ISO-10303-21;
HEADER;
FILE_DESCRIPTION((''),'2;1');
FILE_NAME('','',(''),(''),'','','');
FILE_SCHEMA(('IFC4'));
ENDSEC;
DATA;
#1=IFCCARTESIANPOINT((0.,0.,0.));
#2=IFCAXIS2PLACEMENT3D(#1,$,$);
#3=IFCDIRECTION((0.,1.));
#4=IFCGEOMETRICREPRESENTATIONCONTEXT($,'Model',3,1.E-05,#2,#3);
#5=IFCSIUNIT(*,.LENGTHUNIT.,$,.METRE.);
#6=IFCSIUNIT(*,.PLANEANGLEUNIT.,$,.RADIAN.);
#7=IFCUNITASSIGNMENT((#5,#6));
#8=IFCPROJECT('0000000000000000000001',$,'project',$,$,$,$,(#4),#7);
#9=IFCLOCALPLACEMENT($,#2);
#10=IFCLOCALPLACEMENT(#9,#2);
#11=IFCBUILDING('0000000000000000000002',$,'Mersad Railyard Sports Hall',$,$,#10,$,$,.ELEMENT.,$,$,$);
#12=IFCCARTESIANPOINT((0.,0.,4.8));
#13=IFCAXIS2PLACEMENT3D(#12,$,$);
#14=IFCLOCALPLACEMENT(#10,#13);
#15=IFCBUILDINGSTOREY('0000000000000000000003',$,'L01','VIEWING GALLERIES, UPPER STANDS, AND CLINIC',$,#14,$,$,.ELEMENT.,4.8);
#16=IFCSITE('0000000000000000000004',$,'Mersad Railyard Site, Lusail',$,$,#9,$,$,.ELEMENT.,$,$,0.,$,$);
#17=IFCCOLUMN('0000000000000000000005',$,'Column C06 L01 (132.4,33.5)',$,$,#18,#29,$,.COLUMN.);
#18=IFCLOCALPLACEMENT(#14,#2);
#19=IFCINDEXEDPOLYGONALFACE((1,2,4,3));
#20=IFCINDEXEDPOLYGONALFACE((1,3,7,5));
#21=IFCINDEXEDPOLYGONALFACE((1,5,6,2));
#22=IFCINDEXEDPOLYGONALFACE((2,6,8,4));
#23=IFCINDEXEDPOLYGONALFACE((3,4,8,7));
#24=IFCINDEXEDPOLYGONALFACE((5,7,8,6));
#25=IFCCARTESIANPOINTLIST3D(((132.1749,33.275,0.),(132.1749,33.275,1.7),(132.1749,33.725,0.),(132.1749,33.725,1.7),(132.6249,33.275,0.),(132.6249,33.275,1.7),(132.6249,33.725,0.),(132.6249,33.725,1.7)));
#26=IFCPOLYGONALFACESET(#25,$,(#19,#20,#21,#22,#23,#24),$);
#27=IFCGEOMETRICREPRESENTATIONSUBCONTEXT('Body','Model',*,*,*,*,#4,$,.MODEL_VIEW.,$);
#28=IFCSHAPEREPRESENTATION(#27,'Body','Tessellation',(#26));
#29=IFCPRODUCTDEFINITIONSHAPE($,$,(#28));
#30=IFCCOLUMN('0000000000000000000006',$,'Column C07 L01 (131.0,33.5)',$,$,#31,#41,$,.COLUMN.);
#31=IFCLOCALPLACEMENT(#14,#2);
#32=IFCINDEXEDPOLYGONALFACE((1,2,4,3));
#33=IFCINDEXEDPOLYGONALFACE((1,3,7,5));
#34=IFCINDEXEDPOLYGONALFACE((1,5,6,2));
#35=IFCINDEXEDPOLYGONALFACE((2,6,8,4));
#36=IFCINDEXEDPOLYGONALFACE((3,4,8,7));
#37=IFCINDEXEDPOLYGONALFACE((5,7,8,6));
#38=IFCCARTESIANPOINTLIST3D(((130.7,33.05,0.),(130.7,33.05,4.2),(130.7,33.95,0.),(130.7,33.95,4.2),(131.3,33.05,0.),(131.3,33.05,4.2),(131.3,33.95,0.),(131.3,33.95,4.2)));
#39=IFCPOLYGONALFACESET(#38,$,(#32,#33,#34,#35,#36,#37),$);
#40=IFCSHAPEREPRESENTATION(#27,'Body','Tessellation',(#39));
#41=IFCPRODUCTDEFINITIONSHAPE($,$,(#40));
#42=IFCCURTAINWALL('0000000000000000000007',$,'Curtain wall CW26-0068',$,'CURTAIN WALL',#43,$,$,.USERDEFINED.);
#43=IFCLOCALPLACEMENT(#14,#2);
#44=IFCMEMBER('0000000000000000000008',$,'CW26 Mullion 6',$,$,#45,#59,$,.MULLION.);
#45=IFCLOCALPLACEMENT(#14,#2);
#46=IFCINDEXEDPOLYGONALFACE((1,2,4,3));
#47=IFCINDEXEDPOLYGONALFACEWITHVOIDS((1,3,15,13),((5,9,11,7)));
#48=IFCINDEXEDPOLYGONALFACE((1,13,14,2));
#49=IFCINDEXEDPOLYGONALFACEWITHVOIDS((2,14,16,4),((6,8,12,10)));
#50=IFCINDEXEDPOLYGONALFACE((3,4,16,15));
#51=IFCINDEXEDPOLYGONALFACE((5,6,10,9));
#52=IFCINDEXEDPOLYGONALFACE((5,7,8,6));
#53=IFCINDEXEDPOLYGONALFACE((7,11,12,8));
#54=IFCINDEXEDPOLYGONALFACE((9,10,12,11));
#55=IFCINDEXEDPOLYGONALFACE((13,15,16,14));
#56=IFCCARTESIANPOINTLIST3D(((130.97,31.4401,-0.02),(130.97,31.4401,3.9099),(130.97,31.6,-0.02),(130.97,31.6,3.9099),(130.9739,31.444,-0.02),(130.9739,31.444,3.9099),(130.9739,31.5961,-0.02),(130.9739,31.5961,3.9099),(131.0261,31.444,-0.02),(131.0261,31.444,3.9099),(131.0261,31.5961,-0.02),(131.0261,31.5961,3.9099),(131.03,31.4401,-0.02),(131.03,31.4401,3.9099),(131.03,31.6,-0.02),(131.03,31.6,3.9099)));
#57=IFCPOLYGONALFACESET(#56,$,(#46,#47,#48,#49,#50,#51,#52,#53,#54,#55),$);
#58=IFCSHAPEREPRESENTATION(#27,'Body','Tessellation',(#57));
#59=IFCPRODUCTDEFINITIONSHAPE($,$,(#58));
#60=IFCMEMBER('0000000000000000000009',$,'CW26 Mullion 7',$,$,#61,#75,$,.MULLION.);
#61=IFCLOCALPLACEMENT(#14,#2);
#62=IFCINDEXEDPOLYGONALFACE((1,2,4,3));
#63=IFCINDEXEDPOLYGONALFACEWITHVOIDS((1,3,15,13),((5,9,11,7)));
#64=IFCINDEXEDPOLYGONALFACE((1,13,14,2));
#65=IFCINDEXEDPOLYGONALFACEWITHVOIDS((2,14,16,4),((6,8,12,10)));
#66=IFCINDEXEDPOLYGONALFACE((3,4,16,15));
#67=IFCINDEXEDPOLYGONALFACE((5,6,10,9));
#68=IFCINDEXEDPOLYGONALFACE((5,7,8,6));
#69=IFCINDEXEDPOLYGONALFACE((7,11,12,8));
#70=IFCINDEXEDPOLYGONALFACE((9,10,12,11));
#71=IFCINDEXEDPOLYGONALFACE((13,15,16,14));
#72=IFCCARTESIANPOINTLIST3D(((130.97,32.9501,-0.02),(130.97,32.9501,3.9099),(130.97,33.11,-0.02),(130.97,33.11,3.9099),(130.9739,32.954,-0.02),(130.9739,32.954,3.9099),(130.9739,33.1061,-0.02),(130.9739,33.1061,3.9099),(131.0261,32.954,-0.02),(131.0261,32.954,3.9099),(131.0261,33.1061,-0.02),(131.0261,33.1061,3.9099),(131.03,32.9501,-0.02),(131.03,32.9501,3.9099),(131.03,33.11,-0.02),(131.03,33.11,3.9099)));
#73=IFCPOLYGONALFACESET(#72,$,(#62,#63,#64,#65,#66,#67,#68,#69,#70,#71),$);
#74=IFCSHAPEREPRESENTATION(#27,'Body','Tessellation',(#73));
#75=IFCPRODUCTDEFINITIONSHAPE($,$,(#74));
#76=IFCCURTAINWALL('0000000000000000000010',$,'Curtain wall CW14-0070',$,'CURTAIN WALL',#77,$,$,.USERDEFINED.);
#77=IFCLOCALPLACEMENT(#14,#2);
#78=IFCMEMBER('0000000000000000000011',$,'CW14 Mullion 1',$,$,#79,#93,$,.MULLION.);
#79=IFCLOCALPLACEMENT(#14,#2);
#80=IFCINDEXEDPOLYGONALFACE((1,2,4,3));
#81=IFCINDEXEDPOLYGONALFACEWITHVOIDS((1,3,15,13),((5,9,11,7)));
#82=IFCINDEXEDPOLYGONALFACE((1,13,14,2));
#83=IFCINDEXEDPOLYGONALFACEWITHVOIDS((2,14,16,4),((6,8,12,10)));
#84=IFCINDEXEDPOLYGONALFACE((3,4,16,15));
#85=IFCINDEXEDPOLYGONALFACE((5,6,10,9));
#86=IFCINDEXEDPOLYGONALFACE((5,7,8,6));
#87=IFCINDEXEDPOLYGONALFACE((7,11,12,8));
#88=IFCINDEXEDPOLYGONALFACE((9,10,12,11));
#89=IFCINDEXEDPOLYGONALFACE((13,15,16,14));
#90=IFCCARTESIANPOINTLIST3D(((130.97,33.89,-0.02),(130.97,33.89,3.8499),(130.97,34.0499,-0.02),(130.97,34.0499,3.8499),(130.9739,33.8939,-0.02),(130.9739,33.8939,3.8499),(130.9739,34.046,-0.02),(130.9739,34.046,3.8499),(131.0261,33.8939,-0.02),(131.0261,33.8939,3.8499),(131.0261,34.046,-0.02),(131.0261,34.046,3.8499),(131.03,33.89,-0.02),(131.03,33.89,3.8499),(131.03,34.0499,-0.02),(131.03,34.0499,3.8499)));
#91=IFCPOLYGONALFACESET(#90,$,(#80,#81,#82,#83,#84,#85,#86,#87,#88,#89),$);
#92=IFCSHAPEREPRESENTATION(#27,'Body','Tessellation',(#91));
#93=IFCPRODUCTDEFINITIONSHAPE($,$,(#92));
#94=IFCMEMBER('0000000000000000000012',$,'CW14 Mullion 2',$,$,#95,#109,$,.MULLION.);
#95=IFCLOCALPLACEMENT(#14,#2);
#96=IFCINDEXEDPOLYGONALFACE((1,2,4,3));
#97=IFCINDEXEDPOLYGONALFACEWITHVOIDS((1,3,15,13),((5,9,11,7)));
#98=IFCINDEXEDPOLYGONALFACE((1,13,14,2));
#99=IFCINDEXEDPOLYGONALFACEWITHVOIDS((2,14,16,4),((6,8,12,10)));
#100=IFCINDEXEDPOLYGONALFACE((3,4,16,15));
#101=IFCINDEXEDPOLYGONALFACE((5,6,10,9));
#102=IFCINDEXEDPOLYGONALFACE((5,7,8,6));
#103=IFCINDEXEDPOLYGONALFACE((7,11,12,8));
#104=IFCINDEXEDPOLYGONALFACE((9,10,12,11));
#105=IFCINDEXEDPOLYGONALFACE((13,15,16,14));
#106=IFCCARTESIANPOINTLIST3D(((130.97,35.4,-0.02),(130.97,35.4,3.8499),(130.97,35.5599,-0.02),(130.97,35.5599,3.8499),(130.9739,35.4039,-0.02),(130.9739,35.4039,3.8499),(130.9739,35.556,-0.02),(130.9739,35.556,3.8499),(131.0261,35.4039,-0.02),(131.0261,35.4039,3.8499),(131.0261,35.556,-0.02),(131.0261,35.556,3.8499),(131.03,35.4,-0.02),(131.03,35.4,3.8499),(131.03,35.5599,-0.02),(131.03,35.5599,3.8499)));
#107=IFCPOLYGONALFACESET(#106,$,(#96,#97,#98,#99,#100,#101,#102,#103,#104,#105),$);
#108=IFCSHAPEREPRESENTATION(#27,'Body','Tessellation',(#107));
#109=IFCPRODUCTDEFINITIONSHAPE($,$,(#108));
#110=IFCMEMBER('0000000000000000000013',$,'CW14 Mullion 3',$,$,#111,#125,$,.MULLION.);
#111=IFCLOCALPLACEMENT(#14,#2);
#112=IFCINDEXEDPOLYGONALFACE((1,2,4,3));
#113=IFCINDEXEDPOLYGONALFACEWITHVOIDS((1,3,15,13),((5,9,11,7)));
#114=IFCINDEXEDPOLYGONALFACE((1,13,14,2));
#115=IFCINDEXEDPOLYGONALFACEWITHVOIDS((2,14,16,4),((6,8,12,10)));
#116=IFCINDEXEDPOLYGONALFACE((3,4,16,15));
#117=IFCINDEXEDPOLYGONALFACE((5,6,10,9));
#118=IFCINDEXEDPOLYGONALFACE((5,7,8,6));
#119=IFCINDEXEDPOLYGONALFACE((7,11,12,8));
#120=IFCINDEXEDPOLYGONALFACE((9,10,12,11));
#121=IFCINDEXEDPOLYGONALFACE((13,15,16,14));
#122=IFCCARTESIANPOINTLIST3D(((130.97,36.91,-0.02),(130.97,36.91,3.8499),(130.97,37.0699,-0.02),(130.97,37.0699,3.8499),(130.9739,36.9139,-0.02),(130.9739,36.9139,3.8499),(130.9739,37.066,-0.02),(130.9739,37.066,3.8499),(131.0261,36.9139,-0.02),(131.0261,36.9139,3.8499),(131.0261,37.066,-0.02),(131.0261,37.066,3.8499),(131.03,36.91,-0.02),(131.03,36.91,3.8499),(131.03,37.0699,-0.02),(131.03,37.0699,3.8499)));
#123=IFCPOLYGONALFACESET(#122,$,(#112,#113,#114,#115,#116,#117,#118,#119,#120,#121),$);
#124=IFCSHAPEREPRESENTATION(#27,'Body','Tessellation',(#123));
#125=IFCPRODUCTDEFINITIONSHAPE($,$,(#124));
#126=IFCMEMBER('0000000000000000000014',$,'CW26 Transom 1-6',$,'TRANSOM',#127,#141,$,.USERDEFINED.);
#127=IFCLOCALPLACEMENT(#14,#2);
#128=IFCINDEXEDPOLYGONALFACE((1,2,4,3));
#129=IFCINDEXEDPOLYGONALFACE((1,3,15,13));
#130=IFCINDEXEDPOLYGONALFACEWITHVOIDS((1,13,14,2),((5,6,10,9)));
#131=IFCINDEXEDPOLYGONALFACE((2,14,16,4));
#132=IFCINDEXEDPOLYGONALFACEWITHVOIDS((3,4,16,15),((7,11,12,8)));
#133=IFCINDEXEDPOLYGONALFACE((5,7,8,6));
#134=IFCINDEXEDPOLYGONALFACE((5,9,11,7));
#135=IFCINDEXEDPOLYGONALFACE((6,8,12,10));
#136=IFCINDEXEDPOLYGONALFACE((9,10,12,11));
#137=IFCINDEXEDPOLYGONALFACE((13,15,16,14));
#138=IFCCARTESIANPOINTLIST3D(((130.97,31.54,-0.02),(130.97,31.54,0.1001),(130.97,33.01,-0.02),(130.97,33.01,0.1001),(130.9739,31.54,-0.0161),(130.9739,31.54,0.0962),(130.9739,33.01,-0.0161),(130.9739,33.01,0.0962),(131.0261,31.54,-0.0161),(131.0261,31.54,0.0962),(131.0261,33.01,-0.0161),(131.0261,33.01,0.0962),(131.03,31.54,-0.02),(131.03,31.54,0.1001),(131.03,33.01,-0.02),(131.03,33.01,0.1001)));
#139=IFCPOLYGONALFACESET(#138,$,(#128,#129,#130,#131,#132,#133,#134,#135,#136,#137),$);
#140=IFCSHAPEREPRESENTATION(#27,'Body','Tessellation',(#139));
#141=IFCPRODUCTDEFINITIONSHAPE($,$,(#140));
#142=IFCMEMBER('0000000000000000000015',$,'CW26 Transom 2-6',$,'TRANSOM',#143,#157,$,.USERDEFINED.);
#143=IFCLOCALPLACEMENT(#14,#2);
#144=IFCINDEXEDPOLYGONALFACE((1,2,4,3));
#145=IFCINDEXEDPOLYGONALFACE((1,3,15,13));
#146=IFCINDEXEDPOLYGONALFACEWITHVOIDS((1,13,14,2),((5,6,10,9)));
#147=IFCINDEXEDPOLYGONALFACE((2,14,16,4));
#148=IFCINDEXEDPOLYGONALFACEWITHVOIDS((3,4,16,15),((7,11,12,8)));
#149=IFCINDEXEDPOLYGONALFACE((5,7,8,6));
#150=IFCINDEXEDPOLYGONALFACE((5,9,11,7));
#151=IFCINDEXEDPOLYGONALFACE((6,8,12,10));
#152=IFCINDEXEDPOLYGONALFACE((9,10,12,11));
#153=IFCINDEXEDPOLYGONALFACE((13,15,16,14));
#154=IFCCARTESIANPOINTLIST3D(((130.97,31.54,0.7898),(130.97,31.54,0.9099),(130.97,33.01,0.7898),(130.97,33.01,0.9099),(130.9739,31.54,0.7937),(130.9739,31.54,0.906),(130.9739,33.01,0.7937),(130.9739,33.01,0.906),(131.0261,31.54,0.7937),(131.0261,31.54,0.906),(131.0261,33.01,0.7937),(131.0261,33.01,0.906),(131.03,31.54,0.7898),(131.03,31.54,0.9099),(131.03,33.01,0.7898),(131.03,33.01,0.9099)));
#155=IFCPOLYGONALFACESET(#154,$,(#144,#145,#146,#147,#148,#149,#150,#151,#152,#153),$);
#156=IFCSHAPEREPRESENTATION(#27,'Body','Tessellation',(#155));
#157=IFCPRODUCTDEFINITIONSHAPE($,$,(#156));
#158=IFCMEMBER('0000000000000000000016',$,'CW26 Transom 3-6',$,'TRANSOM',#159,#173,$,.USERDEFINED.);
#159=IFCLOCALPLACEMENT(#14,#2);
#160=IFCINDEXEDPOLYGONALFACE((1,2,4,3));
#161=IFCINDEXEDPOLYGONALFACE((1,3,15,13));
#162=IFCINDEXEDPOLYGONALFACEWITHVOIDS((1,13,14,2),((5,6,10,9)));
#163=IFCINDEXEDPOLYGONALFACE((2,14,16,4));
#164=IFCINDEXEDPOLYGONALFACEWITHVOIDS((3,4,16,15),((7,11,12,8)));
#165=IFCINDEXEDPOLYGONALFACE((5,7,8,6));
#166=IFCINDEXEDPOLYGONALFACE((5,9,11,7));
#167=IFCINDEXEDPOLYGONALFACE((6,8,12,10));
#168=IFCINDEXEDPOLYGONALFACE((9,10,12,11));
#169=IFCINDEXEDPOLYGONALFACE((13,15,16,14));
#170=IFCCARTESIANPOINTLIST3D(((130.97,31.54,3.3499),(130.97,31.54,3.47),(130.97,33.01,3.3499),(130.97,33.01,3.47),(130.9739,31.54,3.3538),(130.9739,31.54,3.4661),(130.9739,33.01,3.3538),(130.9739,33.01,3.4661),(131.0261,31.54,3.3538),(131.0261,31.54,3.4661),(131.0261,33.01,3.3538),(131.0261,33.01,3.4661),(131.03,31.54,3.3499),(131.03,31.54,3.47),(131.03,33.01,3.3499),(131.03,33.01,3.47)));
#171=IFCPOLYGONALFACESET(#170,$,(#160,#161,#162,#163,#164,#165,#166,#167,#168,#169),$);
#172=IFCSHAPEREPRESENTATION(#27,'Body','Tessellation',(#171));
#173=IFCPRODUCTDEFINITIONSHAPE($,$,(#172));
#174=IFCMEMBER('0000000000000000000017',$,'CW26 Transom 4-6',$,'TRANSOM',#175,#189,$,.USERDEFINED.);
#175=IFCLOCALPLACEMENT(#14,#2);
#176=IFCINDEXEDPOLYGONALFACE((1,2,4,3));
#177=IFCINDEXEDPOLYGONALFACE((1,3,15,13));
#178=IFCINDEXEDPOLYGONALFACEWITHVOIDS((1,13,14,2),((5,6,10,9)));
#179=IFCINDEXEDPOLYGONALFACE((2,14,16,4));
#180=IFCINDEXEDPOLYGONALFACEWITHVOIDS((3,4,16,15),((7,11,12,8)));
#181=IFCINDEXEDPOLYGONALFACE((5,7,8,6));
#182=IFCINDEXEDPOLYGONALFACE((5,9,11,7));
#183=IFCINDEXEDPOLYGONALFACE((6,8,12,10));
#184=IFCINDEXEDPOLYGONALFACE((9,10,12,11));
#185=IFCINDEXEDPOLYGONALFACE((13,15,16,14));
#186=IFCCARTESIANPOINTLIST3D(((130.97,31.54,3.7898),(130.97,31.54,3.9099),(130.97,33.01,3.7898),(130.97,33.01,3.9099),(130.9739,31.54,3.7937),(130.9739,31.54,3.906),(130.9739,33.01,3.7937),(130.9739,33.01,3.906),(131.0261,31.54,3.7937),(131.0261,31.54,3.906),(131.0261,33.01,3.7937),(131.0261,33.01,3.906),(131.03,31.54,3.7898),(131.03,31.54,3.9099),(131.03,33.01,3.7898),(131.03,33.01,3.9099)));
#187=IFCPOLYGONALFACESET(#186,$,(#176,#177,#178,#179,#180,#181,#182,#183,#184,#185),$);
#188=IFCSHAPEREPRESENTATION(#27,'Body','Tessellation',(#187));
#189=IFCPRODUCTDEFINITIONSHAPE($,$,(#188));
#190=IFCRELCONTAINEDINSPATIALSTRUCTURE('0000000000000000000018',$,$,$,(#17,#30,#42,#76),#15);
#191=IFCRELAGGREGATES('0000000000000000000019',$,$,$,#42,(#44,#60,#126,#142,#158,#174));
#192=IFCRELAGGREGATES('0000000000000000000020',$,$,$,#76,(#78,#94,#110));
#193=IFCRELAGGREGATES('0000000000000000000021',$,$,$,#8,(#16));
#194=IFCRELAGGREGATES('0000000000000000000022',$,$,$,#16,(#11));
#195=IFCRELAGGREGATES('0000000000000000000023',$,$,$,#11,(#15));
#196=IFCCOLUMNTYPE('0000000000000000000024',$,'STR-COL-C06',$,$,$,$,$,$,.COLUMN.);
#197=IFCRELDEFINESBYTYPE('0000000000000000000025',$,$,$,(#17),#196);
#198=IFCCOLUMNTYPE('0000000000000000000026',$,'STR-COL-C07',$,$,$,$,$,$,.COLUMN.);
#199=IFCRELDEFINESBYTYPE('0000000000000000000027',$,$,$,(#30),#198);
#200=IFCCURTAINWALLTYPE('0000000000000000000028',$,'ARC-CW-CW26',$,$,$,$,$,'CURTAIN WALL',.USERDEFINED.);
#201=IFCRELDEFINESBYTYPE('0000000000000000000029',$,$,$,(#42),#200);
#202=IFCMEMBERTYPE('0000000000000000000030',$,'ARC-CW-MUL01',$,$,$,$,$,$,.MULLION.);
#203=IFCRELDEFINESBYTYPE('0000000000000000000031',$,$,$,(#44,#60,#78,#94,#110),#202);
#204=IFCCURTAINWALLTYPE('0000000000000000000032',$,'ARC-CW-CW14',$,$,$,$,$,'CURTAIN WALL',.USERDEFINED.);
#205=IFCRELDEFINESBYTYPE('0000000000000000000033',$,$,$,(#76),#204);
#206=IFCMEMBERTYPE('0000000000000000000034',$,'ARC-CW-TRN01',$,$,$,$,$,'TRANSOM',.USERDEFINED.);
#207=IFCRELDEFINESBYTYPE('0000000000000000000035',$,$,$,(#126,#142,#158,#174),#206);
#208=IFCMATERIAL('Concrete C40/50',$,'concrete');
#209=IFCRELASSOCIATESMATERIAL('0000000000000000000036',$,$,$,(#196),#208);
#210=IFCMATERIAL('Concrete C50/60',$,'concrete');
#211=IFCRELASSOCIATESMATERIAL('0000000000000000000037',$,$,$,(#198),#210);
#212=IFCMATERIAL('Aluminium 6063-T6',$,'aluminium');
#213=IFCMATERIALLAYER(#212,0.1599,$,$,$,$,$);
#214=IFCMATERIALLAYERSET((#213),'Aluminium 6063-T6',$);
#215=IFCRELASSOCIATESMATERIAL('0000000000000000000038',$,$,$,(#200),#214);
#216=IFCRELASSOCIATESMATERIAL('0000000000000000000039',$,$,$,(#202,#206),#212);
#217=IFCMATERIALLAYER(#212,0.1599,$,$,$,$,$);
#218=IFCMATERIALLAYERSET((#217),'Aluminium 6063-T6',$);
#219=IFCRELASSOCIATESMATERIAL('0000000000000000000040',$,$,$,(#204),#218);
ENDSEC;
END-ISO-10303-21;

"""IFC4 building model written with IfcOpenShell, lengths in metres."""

from ifc_helpers import new_model, si_unit, direction, frame, origin, origin_2d, place, context, subcontext, project, spatial, rectangle, hollow_rectangle, extrude, material, layer, layer_set, material_profile, profile_set, type_object, element, aggregate, save


model = new_model("IFC4")

# Units and contexts
model_context = context("Model", 3, precision=1e-05, world=origin(), true_north=direction((0.0, 1.0)))
body_context = subcontext(model_context, "Body", "Model", "MODEL_VIEW")
ifc_project = project(units=[si_unit("LENGTHUNIT", "METRE"), si_unit("PLANEANGLEUNIT", "RADIAN")], contexts=[model_context])

# Site, building, storey
site_placement = place(None, origin())
site = spatial("IfcSite", under=ifc_project, at=site_placement, Name="Mersad Railyard Site, Lusail", CompositionType="ELEMENT", RefElevation=0.0)
building_placement = place(site_placement, origin())
building = spatial("IfcBuilding", under=site, at=building_placement, Name="Mersad Railyard Sports Hall", CompositionType="ELEMENT")
storey_placement = place(building_placement, frame((0.0, 0.0, 4.8)))
storey = spatial("IfcBuildingStorey", under=building, at=storey_placement, Name="L01", Description="VIEWING GALLERIES, UPPER STANDS, AND CLINIC", CompositionType="ELEMENT", Elevation=4.8)

# Columns
ifc_material_1 = material(Name="Concrete C40/50", Category="concrete")
ifc_material_profile_1 = material_profile(ifc_material_1, rectangle(XDim=0.45, YDim=0.45, at=origin_2d()), Name="RC 450x450")
ifc_profile_set_1 = profile_set([ifc_material_profile_1], Name="Concrete C40/50")
column_type_1 = type_object("IfcColumnType", Name="STR-COL-C06", PredefinedType="COLUMN", material=ifc_profile_set_1)
column_1_placement = place(storey_placement, frame((132.3999, 33.5, 0.0), z_axis=(0.0, 0.0, 1.0), x_axis=(1.0, 0.0, 0.0)))
element("IfcColumn", 1, at=column_1_placement, inside=storey, type_object=column_type_1, Name="Column C06 L01 (132.4,33.5)", PredefinedType="COLUMN", context=body_context, shape_type="SweptSolid", body=[
    extrude(rectangle(XDim=0.45, YDim=0.45, at=origin_2d()), origin(), (0.0, 0.0, 1.0), 1.7),
])
ifc_material_2 = material(Name="Concrete C50/60", Category="concrete")
ifc_material_profile_2 = material_profile(ifc_material_2, rectangle(XDim=0.6001, YDim=0.8999, at=origin_2d()), Name="RC 600x900")
ifc_profile_set_2 = profile_set([ifc_material_profile_2], Name="Concrete C50/60")
column_type_2 = type_object("IfcColumnType", Name="STR-COL-C07", PredefinedType="COLUMN", material=ifc_profile_set_2)
column_2_placement = place(storey_placement, frame((131.0, 33.5, 0.0), z_axis=(0.0, 0.0, 1.0), x_axis=(1.0, 0.0, 0.0)))
element("IfcColumn", 2, at=column_2_placement, inside=storey, type_object=column_type_2, Name="Column C07 L01 (131.0,33.5)", PredefinedType="COLUMN", context=body_context, shape_type="SweptSolid", body=[
    extrude(rectangle(XDim=0.6001, YDim=0.8999, at=origin_2d()), origin(), (0.0, 0.0, 1.0), 4.2),
])

# Curtain walls, members
ifc_material_3 = material(Name="Aluminium 6063-T6", Category="aluminium")
ifc_layer_1 = layer(ifc_material_3, 0.1599)
ifc_layer_set_1 = layer_set([ifc_layer_1], Name="Aluminium 6063-T6")
curtain_wall_type_1 = type_object("IfcCurtainWallType", Name="ARC-CW-CW26", ElementType="CURTAIN WALL", PredefinedType="USERDEFINED", material=ifc_layer_set_1)
curtain_wall_1_placement = place(storey_placement, origin())
curtain_wall_1 = element("IfcCurtainWall", 3, at=curtain_wall_1_placement, inside=storey, type_object=curtain_wall_type_1, Name="Curtain wall CW26-0068", ObjectType="CURTAIN WALL", PredefinedType="USERDEFINED")
ifc_material_profile_3 = material_profile(ifc_material_3, hollow_rectangle(XDim=0.0601, YDim=0.1599, WallThickness=0.0039, at=origin_2d()), Name="AL MULLION 60x160x4")
ifc_profile_set_3 = profile_set([ifc_material_profile_3], Name="Aluminium 6063-T6")
member_type_1 = type_object("IfcMemberType", Name="ARC-CW-MUL01", PredefinedType="MULLION", material=ifc_profile_set_3)
member_1_placement = place(storey_placement, frame((131.0, 31.52, -0.02), z_axis=(0.0, 0.0, 1.0), x_axis=(1.0, 0.0, 0.0)))
member_1 = element("IfcMember", 4, at=member_1_placement, type_object=member_type_1, Name="CW26 Mullion 6", PredefinedType="MULLION", context=body_context, shape_type="SweptSolid", body=[
    extrude(hollow_rectangle(XDim=0.0601, YDim=0.1599, WallThickness=0.0039, at=origin_2d()), origin(), (0.0, 0.0, 1.0), 3.9299),
])
member_2_placement = place(storey_placement, frame((131.0, 33.03, -0.02), z_axis=(0.0, 0.0, 1.0), x_axis=(1.0, 0.0, 0.0)))
member_2 = element("IfcMember", 5, at=member_2_placement, type_object=member_type_1, Name="CW26 Mullion 7", PredefinedType="MULLION", context=body_context, shape_type="SweptSolid", body=[
    extrude(hollow_rectangle(XDim=0.0601, YDim=0.1599, WallThickness=0.0039, at=origin_2d()), origin(), (0.0, 0.0, 1.0), 3.9299),
])
ifc_layer_2 = layer(ifc_material_3, 0.1599)
ifc_layer_set_2 = layer_set([ifc_layer_2], Name="Aluminium 6063-T6")
curtain_wall_type_2 = type_object("IfcCurtainWallType", Name="ARC-CW-CW14", ElementType="CURTAIN WALL", PredefinedType="USERDEFINED", material=ifc_layer_set_2)
curtain_wall_2_placement = place(storey_placement, origin())
curtain_wall_2 = element("IfcCurtainWall", 6, at=curtain_wall_2_placement, inside=storey, type_object=curtain_wall_type_2, Name="Curtain wall CW14-0070", ObjectType="CURTAIN WALL", PredefinedType="USERDEFINED")
member_3_placement = place(storey_placement, frame((131.0, 33.97, -0.02), z_axis=(0.0, 0.0, 1.0), x_axis=(1.0, 0.0, 0.0)))
member_3 = element("IfcMember", 7, at=member_3_placement, type_object=member_type_1, Name="CW14 Mullion 1", PredefinedType="MULLION", context=body_context, shape_type="SweptSolid", body=[
    extrude(hollow_rectangle(XDim=0.0601, YDim=0.1599, WallThickness=0.0039, at=origin_2d()), origin(), (0.0, 0.0, 1.0), 3.8699),
])
member_4_placement = place(storey_placement, frame((131.0, 35.48, -0.02), z_axis=(0.0, 0.0, 1.0), x_axis=(1.0, 0.0, 0.0)))
member_4 = element("IfcMember", 8, at=member_4_placement, type_object=member_type_1, Name="CW14 Mullion 2", PredefinedType="MULLION", context=body_context, shape_type="SweptSolid", body=[
    extrude(hollow_rectangle(XDim=0.0601, YDim=0.1599, WallThickness=0.0039, at=origin_2d()), origin(), (0.0, 0.0, 1.0), 3.8699),
])
member_5_placement = place(storey_placement, frame((131.0, 36.99, -0.02), z_axis=(0.0, 0.0, 1.0), x_axis=(1.0, 0.0, 0.0)))
member_5 = element("IfcMember", 9, at=member_5_placement, type_object=member_type_1, Name="CW14 Mullion 3", PredefinedType="MULLION", context=body_context, shape_type="SweptSolid", body=[
    extrude(hollow_rectangle(XDim=0.0601, YDim=0.1599, WallThickness=0.0039, at=origin_2d()), origin(), (0.0, 0.0, 1.0), 3.8699),
])

# Members
ifc_material_profile_4 = material_profile(ifc_material_3, hollow_rectangle(XDim=0.0601, YDim=0.1201, WallThickness=0.0039, at=origin_2d()), Name="AL TRANSOM 60x120x4")
ifc_profile_set_4 = profile_set([ifc_material_profile_4], Name="Aluminium 6063-T6")
member_type_2 = type_object("IfcMemberType", Name="ARC-CW-TRN01", ElementType="TRANSOM", PredefinedType="USERDEFINED", material=ifc_profile_set_4)
member_6_placement = place(storey_placement, frame((131.0, 31.54, 0.04), z_axis=(0.0, 1.0, 0.0), x_axis=(-1.0, 0.0, 0.0)))
member_6 = element("IfcMember", 10, at=member_6_placement, type_object=member_type_2, Name="CW26 Transom 1-6", ObjectType="TRANSOM", PredefinedType="USERDEFINED", context=body_context, shape_type="SweptSolid", body=[
    extrude(hollow_rectangle(XDim=0.0601, YDim=0.1201, WallThickness=0.0039, at=origin_2d()), origin(), (0.0, 0.0, 1.0), 1.47),
])
member_7_placement = place(storey_placement, frame((131.0, 31.54, 0.8499), z_axis=(0.0, 1.0, 0.0), x_axis=(-1.0, 0.0, 0.0)))
member_7 = element("IfcMember", 11, at=member_7_placement, type_object=member_type_2, Name="CW26 Transom 2-6", ObjectType="TRANSOM", PredefinedType="USERDEFINED", context=body_context, shape_type="SweptSolid", body=[
    extrude(hollow_rectangle(XDim=0.0601, YDim=0.1201, WallThickness=0.0039, at=origin_2d()), origin(), (0.0, 0.0, 1.0), 1.47),
])
member_8_placement = place(storey_placement, frame((131.0, 31.54, 3.4099), z_axis=(0.0, 1.0, 0.0), x_axis=(-1.0, 0.0, 0.0)))
member_8 = element("IfcMember", 12, at=member_8_placement, type_object=member_type_2, Name="CW26 Transom 3-6", ObjectType="TRANSOM", PredefinedType="USERDEFINED", context=body_context, shape_type="SweptSolid", body=[
    extrude(hollow_rectangle(XDim=0.0601, YDim=0.1201, WallThickness=0.0039, at=origin_2d()), origin(), (0.0, 0.0, 1.0), 1.47),
])
member_9_placement = place(storey_placement, frame((131.0, 31.54, 3.8499), z_axis=(0.0, 1.0, 0.0), x_axis=(-1.0, 0.0, 0.0)))
member_9 = element("IfcMember", 13, at=member_9_placement, type_object=member_type_2, Name="CW26 Transom 4-6", ObjectType="TRANSOM", PredefinedType="USERDEFINED", context=body_context, shape_type="SweptSolid", body=[
    extrude(hollow_rectangle(XDim=0.0601, YDim=0.1201, WallThickness=0.0039, at=origin_2d()), origin(), (0.0, 0.0, 1.0), 1.47),
])

aggregate(curtain_wall_1, [member_1, member_2, member_6, member_7, member_8, member_9])
aggregate(curtain_wall_2, [member_3, member_4, member_5])

save(model, "model.ifc")
